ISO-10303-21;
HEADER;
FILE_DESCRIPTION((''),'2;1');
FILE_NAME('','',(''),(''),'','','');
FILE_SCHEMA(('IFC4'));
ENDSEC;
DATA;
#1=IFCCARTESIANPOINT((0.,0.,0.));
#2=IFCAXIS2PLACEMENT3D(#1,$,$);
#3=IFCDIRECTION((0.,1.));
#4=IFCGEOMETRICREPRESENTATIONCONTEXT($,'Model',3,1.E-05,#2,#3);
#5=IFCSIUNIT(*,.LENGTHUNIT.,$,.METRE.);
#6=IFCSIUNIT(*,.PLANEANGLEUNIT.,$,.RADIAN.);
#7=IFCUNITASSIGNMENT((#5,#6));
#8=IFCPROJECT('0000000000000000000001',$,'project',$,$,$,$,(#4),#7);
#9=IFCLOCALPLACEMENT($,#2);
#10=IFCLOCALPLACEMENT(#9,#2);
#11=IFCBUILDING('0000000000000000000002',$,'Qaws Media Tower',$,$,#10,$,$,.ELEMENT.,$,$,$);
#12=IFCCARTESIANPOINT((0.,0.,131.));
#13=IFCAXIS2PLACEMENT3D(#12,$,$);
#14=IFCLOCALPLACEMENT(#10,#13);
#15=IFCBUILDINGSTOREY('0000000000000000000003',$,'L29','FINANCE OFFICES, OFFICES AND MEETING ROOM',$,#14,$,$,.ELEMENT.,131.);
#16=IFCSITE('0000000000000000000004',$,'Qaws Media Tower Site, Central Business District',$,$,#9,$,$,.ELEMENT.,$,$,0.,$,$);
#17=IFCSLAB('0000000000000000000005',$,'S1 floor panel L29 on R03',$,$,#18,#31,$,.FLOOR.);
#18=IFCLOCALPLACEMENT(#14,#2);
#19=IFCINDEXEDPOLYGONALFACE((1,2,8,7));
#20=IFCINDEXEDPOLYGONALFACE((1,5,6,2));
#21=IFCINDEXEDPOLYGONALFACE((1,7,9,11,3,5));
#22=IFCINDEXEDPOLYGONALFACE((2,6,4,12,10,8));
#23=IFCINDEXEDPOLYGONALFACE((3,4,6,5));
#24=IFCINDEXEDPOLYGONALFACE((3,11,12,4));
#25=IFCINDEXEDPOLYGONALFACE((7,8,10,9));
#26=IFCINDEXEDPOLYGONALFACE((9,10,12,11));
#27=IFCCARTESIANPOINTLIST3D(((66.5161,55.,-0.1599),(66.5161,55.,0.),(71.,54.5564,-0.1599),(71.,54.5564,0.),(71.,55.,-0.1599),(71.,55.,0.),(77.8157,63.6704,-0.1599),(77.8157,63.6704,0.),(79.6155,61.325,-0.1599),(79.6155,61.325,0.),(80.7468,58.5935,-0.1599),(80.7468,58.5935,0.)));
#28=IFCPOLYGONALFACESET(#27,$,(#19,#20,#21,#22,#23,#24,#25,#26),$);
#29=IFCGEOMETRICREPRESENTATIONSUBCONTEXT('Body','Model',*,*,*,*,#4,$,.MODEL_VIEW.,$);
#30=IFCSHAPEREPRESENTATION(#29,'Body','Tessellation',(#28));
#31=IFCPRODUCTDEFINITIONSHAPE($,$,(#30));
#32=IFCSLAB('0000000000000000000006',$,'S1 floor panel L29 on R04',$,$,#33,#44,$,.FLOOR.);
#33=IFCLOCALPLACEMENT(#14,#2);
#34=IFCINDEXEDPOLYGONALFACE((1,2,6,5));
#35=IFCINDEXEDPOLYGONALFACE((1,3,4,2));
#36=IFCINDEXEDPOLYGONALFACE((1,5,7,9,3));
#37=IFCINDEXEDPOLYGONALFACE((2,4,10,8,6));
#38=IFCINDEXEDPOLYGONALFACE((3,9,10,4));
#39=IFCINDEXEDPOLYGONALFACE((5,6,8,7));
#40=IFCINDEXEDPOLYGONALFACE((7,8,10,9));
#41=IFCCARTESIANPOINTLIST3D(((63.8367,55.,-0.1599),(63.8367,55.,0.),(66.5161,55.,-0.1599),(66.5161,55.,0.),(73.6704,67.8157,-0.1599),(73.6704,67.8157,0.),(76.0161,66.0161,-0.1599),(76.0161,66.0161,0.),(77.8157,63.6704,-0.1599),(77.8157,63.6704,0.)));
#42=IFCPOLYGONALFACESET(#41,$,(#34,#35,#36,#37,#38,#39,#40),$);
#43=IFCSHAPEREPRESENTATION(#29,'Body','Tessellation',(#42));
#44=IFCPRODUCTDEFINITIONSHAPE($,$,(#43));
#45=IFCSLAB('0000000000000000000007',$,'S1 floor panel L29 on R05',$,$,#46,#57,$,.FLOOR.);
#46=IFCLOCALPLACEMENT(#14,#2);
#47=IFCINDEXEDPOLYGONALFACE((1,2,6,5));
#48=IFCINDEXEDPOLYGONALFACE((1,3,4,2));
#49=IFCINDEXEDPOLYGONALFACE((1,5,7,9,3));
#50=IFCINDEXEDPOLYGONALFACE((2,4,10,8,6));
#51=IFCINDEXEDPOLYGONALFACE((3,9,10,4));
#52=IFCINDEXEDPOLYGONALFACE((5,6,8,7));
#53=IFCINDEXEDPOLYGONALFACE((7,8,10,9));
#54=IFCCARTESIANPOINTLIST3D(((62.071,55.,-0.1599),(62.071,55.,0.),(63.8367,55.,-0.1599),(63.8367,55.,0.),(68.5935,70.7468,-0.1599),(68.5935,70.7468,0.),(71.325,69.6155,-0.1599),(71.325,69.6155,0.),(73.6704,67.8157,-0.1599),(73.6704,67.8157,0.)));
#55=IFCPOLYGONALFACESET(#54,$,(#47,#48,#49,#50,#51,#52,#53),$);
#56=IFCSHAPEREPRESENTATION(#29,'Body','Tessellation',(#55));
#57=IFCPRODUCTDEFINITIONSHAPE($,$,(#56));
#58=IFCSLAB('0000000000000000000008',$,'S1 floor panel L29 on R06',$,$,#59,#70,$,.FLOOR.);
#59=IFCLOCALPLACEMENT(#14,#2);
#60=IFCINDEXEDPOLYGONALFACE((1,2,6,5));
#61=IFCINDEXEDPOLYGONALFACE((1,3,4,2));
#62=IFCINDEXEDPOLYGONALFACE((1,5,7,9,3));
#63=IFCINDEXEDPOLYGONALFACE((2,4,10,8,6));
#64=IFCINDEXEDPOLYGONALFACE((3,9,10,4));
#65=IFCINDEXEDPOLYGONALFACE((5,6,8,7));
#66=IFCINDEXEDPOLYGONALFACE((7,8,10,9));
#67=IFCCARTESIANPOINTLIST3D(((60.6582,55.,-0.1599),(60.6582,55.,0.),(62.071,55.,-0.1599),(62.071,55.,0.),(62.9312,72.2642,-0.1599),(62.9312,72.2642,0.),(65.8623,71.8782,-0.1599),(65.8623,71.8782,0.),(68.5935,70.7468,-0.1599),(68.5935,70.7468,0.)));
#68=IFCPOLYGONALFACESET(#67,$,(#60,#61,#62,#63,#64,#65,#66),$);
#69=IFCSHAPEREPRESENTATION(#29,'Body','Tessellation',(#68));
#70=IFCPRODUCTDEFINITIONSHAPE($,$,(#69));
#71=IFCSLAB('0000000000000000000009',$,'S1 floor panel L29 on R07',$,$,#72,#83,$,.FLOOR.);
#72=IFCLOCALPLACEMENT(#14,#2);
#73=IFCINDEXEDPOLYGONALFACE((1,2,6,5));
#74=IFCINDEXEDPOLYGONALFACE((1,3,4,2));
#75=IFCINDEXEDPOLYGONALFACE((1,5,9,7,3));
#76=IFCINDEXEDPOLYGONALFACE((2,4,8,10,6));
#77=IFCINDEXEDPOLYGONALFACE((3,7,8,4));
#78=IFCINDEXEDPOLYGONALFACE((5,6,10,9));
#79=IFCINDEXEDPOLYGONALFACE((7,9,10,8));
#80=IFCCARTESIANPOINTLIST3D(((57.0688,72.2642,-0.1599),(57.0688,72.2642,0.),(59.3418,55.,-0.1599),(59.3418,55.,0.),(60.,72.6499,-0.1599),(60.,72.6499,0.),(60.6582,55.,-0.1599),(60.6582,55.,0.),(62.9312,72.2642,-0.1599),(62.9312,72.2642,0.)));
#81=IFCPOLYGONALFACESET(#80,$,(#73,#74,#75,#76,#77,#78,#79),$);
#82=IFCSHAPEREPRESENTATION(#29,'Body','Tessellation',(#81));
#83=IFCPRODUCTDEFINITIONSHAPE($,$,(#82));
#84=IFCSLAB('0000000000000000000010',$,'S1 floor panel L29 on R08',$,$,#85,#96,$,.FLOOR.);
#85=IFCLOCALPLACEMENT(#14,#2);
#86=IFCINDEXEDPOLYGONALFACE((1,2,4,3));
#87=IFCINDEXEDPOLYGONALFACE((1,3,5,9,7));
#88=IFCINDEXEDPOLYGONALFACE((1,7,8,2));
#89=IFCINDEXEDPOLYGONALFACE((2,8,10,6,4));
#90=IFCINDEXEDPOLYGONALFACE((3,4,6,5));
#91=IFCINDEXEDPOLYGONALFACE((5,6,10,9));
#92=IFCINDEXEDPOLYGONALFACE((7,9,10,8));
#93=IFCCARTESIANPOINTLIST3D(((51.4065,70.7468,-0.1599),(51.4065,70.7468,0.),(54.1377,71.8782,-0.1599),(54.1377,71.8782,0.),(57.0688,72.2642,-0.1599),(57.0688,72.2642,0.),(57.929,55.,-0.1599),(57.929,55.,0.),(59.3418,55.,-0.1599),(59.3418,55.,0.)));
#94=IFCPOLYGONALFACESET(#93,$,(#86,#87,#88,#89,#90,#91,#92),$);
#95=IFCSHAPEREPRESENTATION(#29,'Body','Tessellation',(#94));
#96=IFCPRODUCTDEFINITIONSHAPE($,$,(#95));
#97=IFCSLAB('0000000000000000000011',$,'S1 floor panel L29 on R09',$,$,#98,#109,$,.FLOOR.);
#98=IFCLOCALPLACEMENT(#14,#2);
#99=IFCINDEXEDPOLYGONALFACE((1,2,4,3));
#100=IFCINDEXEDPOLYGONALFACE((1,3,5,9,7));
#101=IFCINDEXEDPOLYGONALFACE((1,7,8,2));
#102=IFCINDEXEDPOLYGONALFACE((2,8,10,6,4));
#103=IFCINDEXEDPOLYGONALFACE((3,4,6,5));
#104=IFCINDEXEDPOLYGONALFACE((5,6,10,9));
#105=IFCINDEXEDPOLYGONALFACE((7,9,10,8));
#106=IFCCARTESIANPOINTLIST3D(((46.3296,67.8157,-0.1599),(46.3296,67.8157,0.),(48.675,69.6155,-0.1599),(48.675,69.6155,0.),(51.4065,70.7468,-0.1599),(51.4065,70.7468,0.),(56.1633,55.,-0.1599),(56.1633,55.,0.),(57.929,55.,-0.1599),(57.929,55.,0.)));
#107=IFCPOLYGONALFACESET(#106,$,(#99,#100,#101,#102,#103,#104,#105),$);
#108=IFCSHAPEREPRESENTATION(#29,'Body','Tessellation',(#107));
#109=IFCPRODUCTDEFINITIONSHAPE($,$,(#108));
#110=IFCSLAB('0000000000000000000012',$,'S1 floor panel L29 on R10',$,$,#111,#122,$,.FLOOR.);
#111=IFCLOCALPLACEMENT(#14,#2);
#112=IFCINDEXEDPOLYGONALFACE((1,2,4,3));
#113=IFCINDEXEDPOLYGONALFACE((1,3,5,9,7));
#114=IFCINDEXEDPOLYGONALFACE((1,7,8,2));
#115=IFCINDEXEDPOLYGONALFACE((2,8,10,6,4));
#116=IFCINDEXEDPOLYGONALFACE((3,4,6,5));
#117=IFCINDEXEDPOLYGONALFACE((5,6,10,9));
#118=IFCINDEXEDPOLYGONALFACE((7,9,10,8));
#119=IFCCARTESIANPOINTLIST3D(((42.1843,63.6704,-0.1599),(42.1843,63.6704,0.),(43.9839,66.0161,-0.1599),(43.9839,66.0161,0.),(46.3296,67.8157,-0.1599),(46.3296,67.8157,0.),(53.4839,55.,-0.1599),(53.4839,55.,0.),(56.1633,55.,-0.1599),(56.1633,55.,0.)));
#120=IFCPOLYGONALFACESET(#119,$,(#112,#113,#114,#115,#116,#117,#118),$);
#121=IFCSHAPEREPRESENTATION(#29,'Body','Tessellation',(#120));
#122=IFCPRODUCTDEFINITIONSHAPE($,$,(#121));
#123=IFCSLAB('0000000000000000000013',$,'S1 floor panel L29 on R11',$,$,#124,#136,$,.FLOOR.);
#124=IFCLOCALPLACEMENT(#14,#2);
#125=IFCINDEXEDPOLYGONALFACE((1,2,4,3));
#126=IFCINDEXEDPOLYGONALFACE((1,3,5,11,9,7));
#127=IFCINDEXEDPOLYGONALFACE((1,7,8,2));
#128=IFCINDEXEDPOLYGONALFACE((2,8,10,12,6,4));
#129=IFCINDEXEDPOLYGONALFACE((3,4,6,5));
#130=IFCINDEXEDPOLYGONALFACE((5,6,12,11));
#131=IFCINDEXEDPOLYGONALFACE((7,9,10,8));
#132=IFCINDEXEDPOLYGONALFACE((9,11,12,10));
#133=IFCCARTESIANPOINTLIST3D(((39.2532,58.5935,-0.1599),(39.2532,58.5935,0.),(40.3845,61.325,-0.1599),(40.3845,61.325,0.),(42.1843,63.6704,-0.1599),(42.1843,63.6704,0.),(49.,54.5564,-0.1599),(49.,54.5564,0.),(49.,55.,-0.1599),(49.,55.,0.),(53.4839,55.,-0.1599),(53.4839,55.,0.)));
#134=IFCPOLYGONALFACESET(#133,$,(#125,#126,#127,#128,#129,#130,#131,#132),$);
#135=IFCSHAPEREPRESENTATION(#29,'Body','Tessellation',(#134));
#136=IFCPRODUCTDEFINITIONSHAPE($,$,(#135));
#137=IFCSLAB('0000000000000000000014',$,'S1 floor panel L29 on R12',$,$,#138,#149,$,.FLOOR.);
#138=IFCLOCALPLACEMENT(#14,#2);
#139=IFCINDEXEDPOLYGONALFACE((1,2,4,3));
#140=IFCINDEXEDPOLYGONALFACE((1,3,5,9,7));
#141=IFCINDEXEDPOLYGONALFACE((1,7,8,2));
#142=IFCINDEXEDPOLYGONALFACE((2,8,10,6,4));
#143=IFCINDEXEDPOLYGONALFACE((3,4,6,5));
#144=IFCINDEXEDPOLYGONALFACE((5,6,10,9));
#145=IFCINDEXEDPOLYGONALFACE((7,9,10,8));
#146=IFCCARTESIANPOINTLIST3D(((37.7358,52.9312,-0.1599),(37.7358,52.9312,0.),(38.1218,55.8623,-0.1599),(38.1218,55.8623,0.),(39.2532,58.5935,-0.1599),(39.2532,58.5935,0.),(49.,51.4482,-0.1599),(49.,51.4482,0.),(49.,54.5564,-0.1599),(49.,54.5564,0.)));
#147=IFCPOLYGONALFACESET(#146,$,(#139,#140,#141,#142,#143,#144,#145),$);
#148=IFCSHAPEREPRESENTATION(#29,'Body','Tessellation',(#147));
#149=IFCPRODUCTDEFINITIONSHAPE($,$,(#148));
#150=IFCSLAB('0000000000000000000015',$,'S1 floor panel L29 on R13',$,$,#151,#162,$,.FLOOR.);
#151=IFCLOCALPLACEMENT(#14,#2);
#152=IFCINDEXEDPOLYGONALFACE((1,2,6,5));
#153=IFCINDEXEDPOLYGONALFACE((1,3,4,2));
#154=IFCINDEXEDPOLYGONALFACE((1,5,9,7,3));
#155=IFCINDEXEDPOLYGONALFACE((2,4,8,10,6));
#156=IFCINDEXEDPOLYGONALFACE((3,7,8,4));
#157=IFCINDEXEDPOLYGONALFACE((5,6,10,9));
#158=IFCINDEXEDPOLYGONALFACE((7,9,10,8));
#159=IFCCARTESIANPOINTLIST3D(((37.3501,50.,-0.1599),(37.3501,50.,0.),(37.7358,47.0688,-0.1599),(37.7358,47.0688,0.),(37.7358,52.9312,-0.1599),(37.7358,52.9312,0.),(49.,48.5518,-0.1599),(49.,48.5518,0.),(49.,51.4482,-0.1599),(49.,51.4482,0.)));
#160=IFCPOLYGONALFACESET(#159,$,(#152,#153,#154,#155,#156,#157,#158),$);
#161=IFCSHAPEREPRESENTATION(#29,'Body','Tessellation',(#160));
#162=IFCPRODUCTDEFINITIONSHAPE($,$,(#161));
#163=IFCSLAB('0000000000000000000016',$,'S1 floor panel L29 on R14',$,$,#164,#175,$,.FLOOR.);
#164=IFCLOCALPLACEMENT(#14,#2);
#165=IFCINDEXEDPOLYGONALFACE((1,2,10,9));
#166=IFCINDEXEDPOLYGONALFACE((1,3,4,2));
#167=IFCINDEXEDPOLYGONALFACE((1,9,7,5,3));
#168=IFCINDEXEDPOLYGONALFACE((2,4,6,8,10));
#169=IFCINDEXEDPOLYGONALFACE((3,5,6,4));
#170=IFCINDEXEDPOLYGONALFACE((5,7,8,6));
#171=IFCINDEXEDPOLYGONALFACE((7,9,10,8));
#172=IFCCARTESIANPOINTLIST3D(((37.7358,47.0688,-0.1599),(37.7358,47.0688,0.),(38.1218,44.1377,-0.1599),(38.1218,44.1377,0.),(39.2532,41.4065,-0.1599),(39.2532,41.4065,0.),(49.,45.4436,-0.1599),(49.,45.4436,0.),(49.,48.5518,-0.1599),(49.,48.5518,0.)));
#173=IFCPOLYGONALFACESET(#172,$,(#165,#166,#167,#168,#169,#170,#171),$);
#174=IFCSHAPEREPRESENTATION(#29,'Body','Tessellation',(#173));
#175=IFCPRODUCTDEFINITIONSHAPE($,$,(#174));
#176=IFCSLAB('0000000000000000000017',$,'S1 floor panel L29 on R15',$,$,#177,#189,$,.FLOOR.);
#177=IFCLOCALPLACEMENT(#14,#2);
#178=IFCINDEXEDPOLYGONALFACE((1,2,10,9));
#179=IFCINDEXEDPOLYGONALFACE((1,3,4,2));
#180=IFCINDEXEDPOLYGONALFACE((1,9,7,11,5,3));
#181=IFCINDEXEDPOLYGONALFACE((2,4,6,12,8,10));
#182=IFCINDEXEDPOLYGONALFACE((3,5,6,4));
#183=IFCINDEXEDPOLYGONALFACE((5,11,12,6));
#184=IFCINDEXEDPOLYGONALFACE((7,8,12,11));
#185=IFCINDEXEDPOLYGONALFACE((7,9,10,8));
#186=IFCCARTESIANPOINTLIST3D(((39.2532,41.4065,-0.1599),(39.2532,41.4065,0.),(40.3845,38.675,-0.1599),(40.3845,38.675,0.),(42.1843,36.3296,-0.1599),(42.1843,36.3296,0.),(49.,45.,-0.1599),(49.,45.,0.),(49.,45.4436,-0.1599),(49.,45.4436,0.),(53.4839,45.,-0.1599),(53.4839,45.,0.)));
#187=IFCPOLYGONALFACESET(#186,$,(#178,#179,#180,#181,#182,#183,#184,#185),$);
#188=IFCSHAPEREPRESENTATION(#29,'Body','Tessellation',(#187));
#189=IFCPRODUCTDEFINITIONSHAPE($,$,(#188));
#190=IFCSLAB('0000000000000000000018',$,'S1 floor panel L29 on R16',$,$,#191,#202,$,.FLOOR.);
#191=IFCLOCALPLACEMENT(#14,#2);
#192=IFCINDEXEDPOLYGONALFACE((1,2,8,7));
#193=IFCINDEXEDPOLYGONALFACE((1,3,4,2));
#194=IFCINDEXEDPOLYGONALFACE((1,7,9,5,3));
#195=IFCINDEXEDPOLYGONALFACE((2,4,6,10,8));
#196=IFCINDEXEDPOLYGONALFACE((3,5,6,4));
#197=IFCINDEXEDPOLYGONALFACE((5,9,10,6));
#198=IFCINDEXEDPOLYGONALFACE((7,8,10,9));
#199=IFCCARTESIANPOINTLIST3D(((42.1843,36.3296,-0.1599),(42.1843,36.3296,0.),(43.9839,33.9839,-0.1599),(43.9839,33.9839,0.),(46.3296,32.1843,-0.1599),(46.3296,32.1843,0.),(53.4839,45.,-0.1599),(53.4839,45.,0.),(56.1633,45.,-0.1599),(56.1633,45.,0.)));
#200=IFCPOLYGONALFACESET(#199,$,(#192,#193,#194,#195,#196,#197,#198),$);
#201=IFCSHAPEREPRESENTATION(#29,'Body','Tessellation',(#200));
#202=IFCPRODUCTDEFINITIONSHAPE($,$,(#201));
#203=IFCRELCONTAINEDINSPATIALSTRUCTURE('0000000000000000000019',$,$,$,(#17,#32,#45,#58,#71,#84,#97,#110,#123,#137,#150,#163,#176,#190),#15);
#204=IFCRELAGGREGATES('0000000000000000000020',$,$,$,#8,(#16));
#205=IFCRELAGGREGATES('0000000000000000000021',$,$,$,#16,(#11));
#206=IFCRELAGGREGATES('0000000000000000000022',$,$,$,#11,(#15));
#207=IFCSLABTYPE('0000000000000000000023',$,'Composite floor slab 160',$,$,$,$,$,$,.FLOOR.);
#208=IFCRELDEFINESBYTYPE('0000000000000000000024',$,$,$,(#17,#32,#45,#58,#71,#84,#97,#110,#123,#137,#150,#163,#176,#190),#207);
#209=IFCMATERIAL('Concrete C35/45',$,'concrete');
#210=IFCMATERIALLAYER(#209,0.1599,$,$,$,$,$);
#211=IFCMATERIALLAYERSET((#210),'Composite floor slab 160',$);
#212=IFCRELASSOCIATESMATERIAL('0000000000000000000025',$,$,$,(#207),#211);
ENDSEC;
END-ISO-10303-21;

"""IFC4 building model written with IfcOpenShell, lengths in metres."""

from ifc_helpers import new_model, si_unit, direction, frame, origin, place, context, subcontext, project, spatial, polyline, outline, extrude, material, layer, layer_set, type_object, element, save


model = new_model("IFC4")

# Units and contexts
model_context = context("Model", 3, precision=1e-05, world=origin(), true_north=direction((0.0, 1.0)))
body_context = subcontext(model_context, "Body", "Model", "MODEL_VIEW")
ifc_project = project(units=[si_unit("LENGTHUNIT", "METRE"), si_unit("PLANEANGLEUNIT", "RADIAN")], contexts=[model_context])

# Site, building, storey
site_placement = place(None, origin())
site = spatial("IfcSite", under=ifc_project, at=site_placement, Name="Qaws Media Tower Site, Central Business District", CompositionType="ELEMENT", RefElevation=0.0)
building_placement = place(site_placement, origin())
building = spatial("IfcBuilding", under=site, at=building_placement, Name="Qaws Media Tower", CompositionType="ELEMENT")
storey_placement = place(building_placement, frame((0.0, 0.0, 131.0)))
storey = spatial("IfcBuildingStorey", under=building, at=storey_placement, Name="L29", Description="FINANCE OFFICES, OFFICES AND MEETING ROOM", CompositionType="ELEMENT", Elevation=131.0)

# Slabs
ifc_material_1 = material(Name="Concrete C35/45", Category="concrete")
ifc_layer_1 = layer(ifc_material_1, 0.1599)
ifc_layer_set_1 = layer_set([ifc_layer_1], Name="Composite floor slab 160")
slab_type_1 = type_object("IfcSlabType", Name="Composite floor slab 160", PredefinedType="FLOOR", material=ifc_layer_set_1)
slab_1_placement = place(storey_placement, frame((0.0, 0.0, -0.1599)))
element("IfcSlab", 1, at=slab_1_placement, inside=storey, type_object=slab_type_1, Name="S1 floor panel L29 on R03", PredefinedType="FLOOR", context=body_context, shape_type="SweptSolid", body=[
    extrude(outline(polyline([(79.6155, 61.325), (80.7468, 58.5935), (71.0, 54.5564), (71.0, 55.0), (66.5161, 55.0), (77.8157, 63.6704), (79.6155, 61.325)])), origin(), (0.0, 0.0, 1.0), 0.1599),
])
slab_2_placement = place(storey_placement, frame((0.0, 0.0, -0.1599)))
element("IfcSlab", 2, at=slab_2_placement, inside=storey, type_object=slab_type_1, Name="S1 floor panel L29 on R04", PredefinedType="FLOOR", context=body_context, shape_type="SweptSolid", body=[
    extrude(outline(polyline([(76.0161, 66.0161), (77.8157, 63.6704), (66.5161, 55.0), (63.8367, 55.0), (73.6704, 67.8157), (76.0161, 66.0161)])), origin(), (0.0, 0.0, 1.0), 0.1599),
])
slab_3_placement = place(storey_placement, frame((0.0, 0.0, -0.1599)))
element("IfcSlab", 3, at=slab_3_placement, inside=storey, type_object=slab_type_1, Name="S1 floor panel L29 on R05", PredefinedType="FLOOR", context=body_context, shape_type="SweptSolid", body=[
    extrude(outline(polyline([(71.325, 69.6155), (73.6704, 67.8157), (63.8367, 55.0), (62.071, 55.0), (68.5935, 70.7468), (71.325, 69.6155)])), origin(), (0.0, 0.0, 1.0), 0.1599),
])
slab_4_placement = place(storey_placement, frame((0.0, 0.0, -0.1599)))
element("IfcSlab", 4, at=slab_4_placement, inside=storey, type_object=slab_type_1, Name="S1 floor panel L29 on R06", PredefinedType="FLOOR", context=body_context, shape_type="SweptSolid", body=[
    extrude(outline(polyline([(65.8623, 71.8782), (68.5935, 70.7468), (62.071, 55.0), (60.6582, 55.0), (62.9312, 72.2642), (65.8623, 71.8782)])), origin(), (0.0, 0.0, 1.0), 0.1599),
])
slab_5_placement = place(storey_placement, frame((0.0, 0.0, -0.1599)))
element("IfcSlab", 5, at=slab_5_placement, inside=storey, type_object=slab_type_1, Name="S1 floor panel L29 on R07", PredefinedType="FLOOR", context=body_context, shape_type="SweptSolid", body=[
    extrude(outline(polyline([(60.0, 72.6499), (62.9312, 72.2642), (60.6582, 55.0), (59.3418, 55.0), (57.0688, 72.2642), (60.0, 72.6499)])), origin(), (0.0, 0.0, 1.0), 0.1599),
])
slab_6_placement = place(storey_placement, frame((0.0, 0.0, -0.1599)))
element("IfcSlab", 6, at=slab_6_placement, inside=storey, type_object=slab_type_1, Name="S1 floor panel L29 on R08", PredefinedType="FLOOR", context=body_context, shape_type="SweptSolid", body=[
    extrude(outline(polyline([(54.1377, 71.8782), (57.0688, 72.2642), (59.3418, 55.0), (57.929, 55.0), (51.4065, 70.7468), (54.1377, 71.8782)])), origin(), (0.0, 0.0, 1.0), 0.1599),
])
slab_7_placement = place(storey_placement, frame((0.0, 0.0, -0.1599)))
element("IfcSlab", 7, at=slab_7_placement, inside=storey, type_object=slab_type_1, Name="S1 floor panel L29 on R09", PredefinedType="FLOOR", context=body_context, shape_type="SweptSolid", body=[
    extrude(outline(polyline([(48.675, 69.6155), (51.4065, 70.7468), (57.929, 55.0), (56.1633, 55.0), (46.3296, 67.8157), (48.675, 69.6155)])), origin(), (0.0, 0.0, 1.0), 0.1599),
])
slab_8_placement = place(storey_placement, frame((0.0, 0.0, -0.1599)))
element("IfcSlab", 8, at=slab_8_placement, inside=storey, type_object=slab_type_1, Name="S1 floor panel L29 on R10", PredefinedType="FLOOR", context=body_context, shape_type="SweptSolid", body=[
    extrude(outline(polyline([(43.9839, 66.0161), (46.3296, 67.8157), (56.1633, 55.0), (53.4839, 55.0), (42.1843, 63.6704), (43.9839, 66.0161)])), origin(), (0.0, 0.0, 1.0), 0.1599),
])
slab_9_placement = place(storey_placement, frame((0.0, 0.0, -0.1599)))
element("IfcSlab", 9, at=slab_9_placement, inside=storey, type_object=slab_type_1, Name="S1 floor panel L29 on R11", PredefinedType="FLOOR", context=body_context, shape_type="SweptSolid", body=[
    extrude(outline(polyline([(40.3845, 61.325), (42.1843, 63.6704), (53.4839, 55.0), (49.0, 55.0), (49.0, 54.5564), (39.2532, 58.5935), (40.3845, 61.325)])), origin(), (0.0, 0.0, 1.0), 0.1599),
])
slab_10_placement = place(storey_placement, frame((0.0, 0.0, -0.1599)))
element("IfcSlab", 10, at=slab_10_placement, inside=storey, type_object=slab_type_1, Name="S1 floor panel L29 on R12", PredefinedType="FLOOR", context=body_context, shape_type="SweptSolid", body=[
    extrude(outline(polyline([(38.1218, 55.8623), (39.2532, 58.5935), (49.0, 54.5564), (49.0, 51.4482), (37.7358, 52.9312), (38.1218, 55.8623)])), origin(), (0.0, 0.0, 1.0), 0.1599),
])
slab_11_placement = place(storey_placement, frame((0.0, 0.0, -0.1599)))
element("IfcSlab", 11, at=slab_11_placement, inside=storey, type_object=slab_type_1, Name="S1 floor panel L29 on R13", PredefinedType="FLOOR", context=body_context, shape_type="SweptSolid", body=[
    extrude(outline(polyline([(37.3501, 50.0), (37.7358, 52.9312), (49.0, 51.4482), (49.0, 48.5518), (37.7358, 47.0688), (37.3501, 50.0)])), origin(), (0.0, 0.0, 1.0), 0.1599),
])
slab_12_placement = place(storey_placement, frame((0.0, 0.0, -0.1599)))
element("IfcSlab", 12, at=slab_12_placement, inside=storey, type_object=slab_type_1, Name="S1 floor panel L29 on R14", PredefinedType="FLOOR", context=body_context, shape_type="SweptSolid", body=[
    extrude(outline(polyline([(38.1218, 44.1377), (37.7358, 47.0688), (49.0, 48.5518), (49.0, 45.4436), (39.2532, 41.4065), (38.1218, 44.1377)])), origin(), (0.0, 0.0, 1.0), 0.1599),
])
slab_13_placement = place(storey_placement, frame((0.0, 0.0, -0.1599)))
element("IfcSlab", 13, at=slab_13_placement, inside=storey, type_object=slab_type_1, Name="S1 floor panel L29 on R15", PredefinedType="FLOOR", context=body_context, shape_type="SweptSolid", body=[
    extrude(outline(polyline([(40.3845, 38.675), (39.2532, 41.4065), (49.0, 45.4436), (49.0, 45.0), (53.4839, 45.0), (42.1843, 36.3296), (40.3845, 38.675)])), origin(), (0.0, 0.0, 1.0), 0.1599),
])
slab_14_placement = place(storey_placement, frame((0.0, 0.0, -0.1599)))
element("IfcSlab", 14, at=slab_14_placement, inside=storey, type_object=slab_type_1, Name="S1 floor panel L29 on R16", PredefinedType="FLOOR", context=body_context, shape_type="SweptSolid", body=[
    extrude(outline(polyline([(43.9839, 33.9839), (42.1843, 36.3296), (53.4839, 45.0), (56.1633, 45.0), (46.3296, 32.1843), (43.9839, 33.9839)])), origin(), (0.0, 0.0, 1.0), 0.1599),
])

save(model, "model.ifc")
